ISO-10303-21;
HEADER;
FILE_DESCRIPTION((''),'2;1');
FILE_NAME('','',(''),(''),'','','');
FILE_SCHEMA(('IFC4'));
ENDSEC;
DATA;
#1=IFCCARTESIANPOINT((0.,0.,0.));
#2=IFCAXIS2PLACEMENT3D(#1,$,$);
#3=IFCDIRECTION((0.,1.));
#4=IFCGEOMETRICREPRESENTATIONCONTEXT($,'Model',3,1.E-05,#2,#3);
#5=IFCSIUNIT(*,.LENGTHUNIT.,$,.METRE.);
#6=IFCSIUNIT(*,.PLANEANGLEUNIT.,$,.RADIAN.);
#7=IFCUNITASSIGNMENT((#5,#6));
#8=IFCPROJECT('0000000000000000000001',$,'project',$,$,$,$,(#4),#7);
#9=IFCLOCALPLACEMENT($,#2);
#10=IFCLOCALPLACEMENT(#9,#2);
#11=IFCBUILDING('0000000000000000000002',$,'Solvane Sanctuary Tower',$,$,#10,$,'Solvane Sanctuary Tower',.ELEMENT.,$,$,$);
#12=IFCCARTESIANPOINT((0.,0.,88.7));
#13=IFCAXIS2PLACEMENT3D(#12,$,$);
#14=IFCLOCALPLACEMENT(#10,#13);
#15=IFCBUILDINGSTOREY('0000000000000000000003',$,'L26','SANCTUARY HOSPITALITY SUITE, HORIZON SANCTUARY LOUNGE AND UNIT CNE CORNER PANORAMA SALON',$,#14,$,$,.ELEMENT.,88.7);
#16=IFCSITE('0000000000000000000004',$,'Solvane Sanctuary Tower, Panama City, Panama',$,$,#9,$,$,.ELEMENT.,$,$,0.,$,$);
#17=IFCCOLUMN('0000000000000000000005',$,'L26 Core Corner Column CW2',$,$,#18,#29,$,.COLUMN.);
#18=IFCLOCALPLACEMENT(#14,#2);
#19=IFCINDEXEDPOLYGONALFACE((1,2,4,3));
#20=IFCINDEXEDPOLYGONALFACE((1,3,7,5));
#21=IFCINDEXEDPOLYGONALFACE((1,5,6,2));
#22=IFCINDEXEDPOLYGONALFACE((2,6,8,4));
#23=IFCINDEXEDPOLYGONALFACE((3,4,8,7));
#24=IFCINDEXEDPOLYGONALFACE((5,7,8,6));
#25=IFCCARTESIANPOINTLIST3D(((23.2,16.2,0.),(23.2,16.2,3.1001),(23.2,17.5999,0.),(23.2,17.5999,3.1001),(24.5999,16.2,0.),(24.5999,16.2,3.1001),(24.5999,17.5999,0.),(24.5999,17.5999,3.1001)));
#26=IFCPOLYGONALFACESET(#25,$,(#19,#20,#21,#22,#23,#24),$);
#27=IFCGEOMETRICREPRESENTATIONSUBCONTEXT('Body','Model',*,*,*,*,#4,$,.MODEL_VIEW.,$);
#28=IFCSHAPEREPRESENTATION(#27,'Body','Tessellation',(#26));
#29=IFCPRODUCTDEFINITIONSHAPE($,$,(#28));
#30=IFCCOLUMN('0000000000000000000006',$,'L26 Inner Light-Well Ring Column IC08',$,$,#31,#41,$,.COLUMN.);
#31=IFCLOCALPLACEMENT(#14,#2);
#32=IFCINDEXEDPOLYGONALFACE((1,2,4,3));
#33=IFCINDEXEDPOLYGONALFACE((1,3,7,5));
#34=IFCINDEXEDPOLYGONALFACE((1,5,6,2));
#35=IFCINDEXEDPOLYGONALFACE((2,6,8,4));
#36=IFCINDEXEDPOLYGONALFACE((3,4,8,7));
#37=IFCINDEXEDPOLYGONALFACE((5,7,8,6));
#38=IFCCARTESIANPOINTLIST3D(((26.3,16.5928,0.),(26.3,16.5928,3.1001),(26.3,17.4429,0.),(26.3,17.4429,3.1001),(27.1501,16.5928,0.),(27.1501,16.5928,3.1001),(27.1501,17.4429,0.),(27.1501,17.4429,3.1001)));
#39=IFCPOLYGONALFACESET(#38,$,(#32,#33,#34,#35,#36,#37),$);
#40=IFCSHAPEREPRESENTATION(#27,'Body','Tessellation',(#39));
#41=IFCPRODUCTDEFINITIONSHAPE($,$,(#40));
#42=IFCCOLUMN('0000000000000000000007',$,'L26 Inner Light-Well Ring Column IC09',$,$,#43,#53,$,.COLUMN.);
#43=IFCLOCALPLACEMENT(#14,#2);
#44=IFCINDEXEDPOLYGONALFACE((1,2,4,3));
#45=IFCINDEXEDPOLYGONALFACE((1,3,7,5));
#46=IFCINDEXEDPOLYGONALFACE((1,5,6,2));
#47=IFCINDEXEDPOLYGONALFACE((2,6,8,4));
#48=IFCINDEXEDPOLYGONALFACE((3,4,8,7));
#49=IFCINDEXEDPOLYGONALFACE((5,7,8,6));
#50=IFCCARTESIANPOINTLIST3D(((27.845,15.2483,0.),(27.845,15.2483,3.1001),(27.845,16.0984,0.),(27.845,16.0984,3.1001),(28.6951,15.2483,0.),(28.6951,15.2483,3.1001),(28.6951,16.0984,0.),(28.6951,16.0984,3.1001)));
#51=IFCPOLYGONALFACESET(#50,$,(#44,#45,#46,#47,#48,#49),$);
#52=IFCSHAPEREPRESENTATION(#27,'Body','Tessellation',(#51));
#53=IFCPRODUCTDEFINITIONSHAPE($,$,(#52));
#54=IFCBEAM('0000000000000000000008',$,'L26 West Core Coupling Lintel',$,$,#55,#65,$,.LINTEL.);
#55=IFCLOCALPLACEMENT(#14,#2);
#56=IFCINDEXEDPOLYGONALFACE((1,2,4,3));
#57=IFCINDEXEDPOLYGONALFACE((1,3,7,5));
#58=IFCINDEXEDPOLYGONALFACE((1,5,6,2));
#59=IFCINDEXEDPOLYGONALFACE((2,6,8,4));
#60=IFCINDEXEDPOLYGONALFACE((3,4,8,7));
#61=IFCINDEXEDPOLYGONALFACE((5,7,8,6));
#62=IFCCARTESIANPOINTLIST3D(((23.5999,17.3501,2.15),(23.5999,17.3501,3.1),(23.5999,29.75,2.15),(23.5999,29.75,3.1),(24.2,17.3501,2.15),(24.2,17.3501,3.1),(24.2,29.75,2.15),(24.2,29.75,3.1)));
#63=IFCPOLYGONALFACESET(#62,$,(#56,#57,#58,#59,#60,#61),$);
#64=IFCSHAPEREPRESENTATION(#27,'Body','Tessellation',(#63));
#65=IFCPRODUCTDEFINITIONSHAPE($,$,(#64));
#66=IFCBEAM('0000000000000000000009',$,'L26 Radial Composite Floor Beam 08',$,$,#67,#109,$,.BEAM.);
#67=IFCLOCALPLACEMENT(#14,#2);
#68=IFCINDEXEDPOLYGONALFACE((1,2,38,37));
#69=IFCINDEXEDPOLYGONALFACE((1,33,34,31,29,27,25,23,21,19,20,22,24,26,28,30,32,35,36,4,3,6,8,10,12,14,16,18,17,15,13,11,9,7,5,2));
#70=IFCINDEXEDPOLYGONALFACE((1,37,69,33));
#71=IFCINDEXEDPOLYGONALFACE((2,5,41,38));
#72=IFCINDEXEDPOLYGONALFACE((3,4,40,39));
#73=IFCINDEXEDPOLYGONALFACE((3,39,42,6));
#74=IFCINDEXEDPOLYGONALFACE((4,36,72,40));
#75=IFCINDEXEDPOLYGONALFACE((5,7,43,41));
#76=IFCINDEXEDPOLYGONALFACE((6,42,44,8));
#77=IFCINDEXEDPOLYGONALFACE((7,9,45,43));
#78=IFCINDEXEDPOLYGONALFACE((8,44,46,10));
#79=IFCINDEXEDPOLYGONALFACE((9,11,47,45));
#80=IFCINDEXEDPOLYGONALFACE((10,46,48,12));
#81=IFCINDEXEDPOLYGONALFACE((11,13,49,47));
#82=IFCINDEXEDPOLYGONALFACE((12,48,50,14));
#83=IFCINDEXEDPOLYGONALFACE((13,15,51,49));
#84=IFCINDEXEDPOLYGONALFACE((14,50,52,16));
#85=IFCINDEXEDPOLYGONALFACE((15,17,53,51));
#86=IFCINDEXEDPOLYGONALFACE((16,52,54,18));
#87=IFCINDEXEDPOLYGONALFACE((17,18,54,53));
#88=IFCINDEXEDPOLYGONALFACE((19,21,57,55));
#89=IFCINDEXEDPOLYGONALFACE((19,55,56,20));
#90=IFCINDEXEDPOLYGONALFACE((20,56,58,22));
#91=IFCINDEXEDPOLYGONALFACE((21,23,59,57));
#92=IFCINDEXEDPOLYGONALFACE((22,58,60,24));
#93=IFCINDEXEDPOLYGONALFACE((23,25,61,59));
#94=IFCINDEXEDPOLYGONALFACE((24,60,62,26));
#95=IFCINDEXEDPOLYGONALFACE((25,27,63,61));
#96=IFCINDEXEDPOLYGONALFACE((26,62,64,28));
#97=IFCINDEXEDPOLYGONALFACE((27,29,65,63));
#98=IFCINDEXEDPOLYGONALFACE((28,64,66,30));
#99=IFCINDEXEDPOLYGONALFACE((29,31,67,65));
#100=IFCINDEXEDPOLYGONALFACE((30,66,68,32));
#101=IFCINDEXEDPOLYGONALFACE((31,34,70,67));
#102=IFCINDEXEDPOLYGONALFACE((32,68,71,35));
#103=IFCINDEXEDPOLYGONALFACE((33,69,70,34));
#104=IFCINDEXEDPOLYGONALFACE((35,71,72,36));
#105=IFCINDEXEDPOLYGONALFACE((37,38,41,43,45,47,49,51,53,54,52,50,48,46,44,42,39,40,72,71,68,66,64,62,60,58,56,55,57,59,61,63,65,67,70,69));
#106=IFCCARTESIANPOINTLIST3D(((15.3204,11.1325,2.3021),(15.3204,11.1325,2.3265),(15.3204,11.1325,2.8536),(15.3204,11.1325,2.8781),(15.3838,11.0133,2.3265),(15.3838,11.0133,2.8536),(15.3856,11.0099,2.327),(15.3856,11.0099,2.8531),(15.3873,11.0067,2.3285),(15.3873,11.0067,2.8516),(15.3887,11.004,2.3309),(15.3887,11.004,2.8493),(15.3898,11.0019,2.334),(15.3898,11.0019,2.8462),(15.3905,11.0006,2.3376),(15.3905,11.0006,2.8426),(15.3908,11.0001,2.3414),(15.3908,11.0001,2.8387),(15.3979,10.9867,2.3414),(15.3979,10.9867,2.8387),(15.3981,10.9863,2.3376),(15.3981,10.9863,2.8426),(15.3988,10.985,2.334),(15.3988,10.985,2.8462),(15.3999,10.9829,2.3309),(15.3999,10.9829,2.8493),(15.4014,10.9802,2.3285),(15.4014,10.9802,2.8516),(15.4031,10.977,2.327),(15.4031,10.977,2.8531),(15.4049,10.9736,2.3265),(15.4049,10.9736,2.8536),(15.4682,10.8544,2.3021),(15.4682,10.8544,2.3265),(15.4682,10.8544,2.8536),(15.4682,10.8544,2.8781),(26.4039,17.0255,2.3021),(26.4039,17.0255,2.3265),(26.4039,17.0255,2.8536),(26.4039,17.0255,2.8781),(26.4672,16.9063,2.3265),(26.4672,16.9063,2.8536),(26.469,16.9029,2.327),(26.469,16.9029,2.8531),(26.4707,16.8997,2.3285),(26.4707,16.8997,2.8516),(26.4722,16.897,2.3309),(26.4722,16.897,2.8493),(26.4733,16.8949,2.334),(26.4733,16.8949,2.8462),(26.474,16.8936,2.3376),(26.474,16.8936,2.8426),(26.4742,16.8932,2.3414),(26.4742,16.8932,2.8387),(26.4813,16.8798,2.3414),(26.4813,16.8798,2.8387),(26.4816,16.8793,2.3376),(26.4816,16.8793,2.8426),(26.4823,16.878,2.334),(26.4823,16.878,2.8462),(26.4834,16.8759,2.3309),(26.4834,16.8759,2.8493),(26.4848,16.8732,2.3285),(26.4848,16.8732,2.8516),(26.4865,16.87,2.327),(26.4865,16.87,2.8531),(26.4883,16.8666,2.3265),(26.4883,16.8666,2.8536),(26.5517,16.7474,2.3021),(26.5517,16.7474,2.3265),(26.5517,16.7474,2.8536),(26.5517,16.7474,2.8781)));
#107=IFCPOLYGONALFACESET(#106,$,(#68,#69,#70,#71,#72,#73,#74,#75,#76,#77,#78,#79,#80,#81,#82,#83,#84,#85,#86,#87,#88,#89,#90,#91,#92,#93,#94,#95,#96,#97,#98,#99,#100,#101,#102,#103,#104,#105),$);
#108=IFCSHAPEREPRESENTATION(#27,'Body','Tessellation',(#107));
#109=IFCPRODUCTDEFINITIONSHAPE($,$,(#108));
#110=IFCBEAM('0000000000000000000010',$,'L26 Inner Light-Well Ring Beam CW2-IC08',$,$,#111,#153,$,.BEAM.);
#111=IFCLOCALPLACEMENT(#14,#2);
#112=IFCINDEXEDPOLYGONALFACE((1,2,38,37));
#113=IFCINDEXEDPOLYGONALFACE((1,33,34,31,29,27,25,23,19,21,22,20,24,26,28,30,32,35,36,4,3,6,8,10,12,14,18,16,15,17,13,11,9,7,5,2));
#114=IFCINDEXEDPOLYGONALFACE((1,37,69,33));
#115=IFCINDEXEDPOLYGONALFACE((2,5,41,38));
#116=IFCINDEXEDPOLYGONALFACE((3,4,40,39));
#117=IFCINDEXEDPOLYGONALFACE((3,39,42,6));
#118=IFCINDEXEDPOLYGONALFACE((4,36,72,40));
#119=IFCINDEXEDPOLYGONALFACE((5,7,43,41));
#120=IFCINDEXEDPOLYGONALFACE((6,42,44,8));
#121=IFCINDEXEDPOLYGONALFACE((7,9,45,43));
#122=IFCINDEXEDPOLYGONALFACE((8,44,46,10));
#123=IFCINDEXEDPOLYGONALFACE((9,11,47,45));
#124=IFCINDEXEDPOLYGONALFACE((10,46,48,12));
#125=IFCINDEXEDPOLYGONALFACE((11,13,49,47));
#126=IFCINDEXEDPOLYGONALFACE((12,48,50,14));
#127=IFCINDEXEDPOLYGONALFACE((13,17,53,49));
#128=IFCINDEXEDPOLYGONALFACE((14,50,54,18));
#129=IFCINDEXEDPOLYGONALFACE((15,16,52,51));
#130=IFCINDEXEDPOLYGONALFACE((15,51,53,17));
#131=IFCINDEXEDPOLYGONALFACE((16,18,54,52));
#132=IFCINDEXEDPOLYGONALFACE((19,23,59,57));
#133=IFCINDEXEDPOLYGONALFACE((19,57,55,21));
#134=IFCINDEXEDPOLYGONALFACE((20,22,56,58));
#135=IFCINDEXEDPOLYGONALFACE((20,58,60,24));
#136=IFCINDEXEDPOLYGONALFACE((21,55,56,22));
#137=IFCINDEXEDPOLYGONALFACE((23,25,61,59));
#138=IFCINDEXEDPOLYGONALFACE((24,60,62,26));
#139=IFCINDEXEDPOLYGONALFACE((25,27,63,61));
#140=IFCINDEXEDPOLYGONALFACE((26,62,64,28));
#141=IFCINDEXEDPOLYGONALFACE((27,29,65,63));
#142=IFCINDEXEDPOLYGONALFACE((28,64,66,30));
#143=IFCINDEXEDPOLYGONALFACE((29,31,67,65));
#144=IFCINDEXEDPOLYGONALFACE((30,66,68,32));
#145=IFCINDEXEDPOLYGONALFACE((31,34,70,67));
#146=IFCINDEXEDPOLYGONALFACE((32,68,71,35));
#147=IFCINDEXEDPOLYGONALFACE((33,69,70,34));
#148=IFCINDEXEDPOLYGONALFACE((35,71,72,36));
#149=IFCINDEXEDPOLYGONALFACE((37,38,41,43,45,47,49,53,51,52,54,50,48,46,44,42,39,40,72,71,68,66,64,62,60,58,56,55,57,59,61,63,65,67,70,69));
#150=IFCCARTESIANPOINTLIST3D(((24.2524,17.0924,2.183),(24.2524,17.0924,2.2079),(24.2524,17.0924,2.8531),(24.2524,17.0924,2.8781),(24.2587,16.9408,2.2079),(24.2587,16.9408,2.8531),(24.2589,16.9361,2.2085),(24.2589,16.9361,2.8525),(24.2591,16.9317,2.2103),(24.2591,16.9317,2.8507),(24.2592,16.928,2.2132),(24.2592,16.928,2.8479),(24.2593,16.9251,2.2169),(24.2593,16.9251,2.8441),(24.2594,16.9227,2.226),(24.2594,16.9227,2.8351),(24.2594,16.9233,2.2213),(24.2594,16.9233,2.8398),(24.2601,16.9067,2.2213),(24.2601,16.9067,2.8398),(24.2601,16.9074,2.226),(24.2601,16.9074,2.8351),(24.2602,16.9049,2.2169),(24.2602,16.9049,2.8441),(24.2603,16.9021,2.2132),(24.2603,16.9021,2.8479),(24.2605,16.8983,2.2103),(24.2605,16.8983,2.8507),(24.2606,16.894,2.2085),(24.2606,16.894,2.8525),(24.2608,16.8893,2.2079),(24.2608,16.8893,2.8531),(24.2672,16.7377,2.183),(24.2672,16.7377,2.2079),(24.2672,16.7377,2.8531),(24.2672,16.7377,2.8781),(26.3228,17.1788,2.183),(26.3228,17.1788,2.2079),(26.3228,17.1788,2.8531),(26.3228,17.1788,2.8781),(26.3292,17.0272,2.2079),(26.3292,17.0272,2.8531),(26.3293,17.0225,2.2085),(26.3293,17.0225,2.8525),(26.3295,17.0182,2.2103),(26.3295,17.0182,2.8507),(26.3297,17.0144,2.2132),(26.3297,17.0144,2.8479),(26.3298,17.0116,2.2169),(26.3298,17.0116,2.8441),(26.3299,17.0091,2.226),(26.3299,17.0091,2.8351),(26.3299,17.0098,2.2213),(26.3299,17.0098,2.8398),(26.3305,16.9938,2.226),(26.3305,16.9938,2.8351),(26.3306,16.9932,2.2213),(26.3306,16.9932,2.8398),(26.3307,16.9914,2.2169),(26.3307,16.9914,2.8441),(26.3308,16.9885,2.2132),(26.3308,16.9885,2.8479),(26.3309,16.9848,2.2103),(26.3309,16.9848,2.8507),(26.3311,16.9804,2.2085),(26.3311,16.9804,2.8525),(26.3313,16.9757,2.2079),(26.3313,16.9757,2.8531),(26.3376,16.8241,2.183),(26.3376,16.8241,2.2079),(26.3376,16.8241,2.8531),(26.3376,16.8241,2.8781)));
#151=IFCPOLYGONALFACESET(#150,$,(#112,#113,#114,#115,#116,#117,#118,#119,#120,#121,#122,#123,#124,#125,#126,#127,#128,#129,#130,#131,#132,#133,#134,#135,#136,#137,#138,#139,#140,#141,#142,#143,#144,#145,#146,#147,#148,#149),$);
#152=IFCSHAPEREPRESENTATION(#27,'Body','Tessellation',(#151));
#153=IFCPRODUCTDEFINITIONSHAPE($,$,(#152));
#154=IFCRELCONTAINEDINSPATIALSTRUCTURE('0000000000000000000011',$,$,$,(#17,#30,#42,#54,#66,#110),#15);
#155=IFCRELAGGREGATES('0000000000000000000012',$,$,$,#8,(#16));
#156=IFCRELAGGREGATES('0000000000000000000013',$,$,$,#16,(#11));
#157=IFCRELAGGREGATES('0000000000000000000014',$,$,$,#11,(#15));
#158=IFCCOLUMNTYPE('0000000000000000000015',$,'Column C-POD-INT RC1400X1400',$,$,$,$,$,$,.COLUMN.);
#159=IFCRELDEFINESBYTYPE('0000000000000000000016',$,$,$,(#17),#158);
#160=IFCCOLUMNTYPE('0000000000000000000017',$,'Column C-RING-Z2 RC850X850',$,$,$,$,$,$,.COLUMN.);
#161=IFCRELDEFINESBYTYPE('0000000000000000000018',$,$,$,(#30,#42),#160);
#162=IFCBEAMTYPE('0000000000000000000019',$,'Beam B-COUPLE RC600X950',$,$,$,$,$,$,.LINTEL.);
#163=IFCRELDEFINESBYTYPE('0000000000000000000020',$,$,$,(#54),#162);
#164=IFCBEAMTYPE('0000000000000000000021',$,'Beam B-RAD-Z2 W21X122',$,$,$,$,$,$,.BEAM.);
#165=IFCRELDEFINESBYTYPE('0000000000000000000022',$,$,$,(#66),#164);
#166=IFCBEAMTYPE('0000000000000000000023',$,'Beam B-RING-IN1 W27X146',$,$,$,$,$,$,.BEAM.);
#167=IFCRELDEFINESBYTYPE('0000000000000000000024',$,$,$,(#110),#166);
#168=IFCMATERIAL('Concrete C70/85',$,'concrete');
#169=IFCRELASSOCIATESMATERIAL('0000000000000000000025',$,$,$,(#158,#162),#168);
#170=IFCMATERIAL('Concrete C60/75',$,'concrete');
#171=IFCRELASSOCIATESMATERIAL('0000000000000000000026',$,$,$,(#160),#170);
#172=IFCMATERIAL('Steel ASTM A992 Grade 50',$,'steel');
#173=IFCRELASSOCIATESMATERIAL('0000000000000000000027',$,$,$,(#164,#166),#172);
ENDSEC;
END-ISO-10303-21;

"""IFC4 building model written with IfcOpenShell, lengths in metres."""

from ifc_helpers import new_model, si_unit, direction, frame, origin, origin_2d, place, context, subcontext, project, spatial, rectangle, i_section, extrude, material, material_profile, profile_set, type_object, element, save


model = new_model("IFC4")

# Units and contexts
model_context = context("Model", 3, precision=1e-05, world=origin(), true_north=direction((0.0, 1.0)))
body_context = subcontext(model_context, "Body", "Model", "MODEL_VIEW")
ifc_project = project(units=[si_unit("LENGTHUNIT", "METRE"), si_unit("PLANEANGLEUNIT", "RADIAN")], contexts=[model_context])

# Site, building, storey
site_placement = place(None, origin())
site = spatial("IfcSite", under=ifc_project, at=site_placement, Name="Solvane Sanctuary Tower, Panama City, Panama", CompositionType="ELEMENT", RefElevation=0.0)
building_placement = place(site_placement, origin())
building = spatial("IfcBuilding", under=site, at=building_placement, Name="Solvane Sanctuary Tower", LongName="Solvane Sanctuary Tower", CompositionType="ELEMENT")
storey_placement = place(building_placement, frame((0.0, 0.0, 88.7)))
storey = spatial("IfcBuildingStorey", under=building, at=storey_placement, Name="L26", Description="SANCTUARY HOSPITALITY SUITE, HORIZON SANCTUARY LOUNGE AND UNIT CNE CORNER PANORAMA SALON", CompositionType="ELEMENT", Elevation=88.7)

# Columns
ifc_material_1 = material(Name="Concrete C70/85", Category="concrete")
ifc_material_profile_1 = material_profile(ifc_material_1, rectangle(XDim=1.3999, YDim=1.3999, at=origin_2d()), Name="RC1400X1400")
ifc_profile_set_1 = profile_set([ifc_material_profile_1], Name="Concrete C70/85")
column_type_1 = type_object("IfcColumnType", Name="Column C-POD-INT RC1400X1400", PredefinedType="COLUMN", material=ifc_profile_set_1)
column_placement = place(storey_placement, frame((23.8999, 16.8999, 0.0), z_axis=(0.0, 0.0, 1.0), x_axis=(1.0, 0.0, 0.0)))
element("IfcColumn", 1, at=column_placement, inside=storey, type_object=column_type_1, Name="L26 Core Corner Column CW2", PredefinedType="COLUMN", context=body_context, shape_type="SweptSolid", body=[
    extrude(rectangle(XDim=1.3999, YDim=1.3999, at=origin_2d()), origin(), (0.0, 0.0, 1.0), 3.1001),
])
ifc_material_2 = material(Name="Concrete C60/75", Category="concrete")
ifc_material_profile_2 = material_profile(ifc_material_2, rectangle(XDim=0.8501, YDim=0.8501, at=origin_2d()), Name="RC850X850")
ifc_profile_set_2 = profile_set([ifc_material_profile_2], Name="Concrete C60/75")
column_type_2 = type_object("IfcColumnType", Name="Column C-RING-Z2 RC850X850", PredefinedType="COLUMN", material=ifc_profile_set_2)
for number, where, z_axis, x_axis, name in (
    (2, (26.7251, 17.0178, 0.0), (0.0, 0.0, 1.0), (1.0, 0.0, 0.0), "L26 Inner Light-Well Ring Column IC08"),
    (3, (28.27, 15.6733, 0.0), (0.0, 0.0, 1.0), (1.0, 0.0, 0.0), "L26 Inner Light-Well Ring Column IC09"),
):
    element("IfcColumn", number, at=place(storey_placement, frame(where, z_axis=z_axis, x_axis=x_axis)), inside=storey, type_object=column_type_2, Name=name, PredefinedType="COLUMN", context=body_context, shape_type="SweptSolid", body=[
        extrude(rectangle(XDim=0.8501, YDim=0.8501, at=origin_2d()), origin(), (0.0, 0.0, 1.0), 3.1001),
    ])

# Beams
ifc_material_profile_3 = material_profile(ifc_material_1, rectangle(XDim=0.6001, YDim=0.95, at=origin_2d()), Name="RC600X950")
ifc_profile_set_3 = profile_set([ifc_material_profile_3], Name="Concrete C70/85")
beam_type_1 = type_object("IfcBeamType", Name="Beam B-COUPLE RC600X950", PredefinedType="LINTEL", material=ifc_profile_set_3)
beam_1_placement = place(storey_placement, frame((23.8999, 17.3501, 2.625), z_axis=(0.0, 1.0, 0.0), x_axis=(-1.0, 0.0, 0.0)))
element("IfcBeam", 4, at=beam_1_placement, inside=storey, type_object=beam_type_1, Name="L26 West Core Coupling Lintel", PredefinedType="LINTEL", context=body_context, shape_type="SweptSolid", body=[
    extrude(rectangle(XDim=0.6001, YDim=0.95, at=origin_2d()), origin(), (0.0, 0.0, 1.0), 12.3999),
])
ifc_material_3 = material(Name="Steel ASTM A992 Grade 50", Category="steel")
ifc_material_profile_4 = material_profile(ifc_material_3, i_section(OverallWidth=0.3149, OverallDepth=0.5759, WebThickness=0.0151, FlangeThickness=0.0244, FilletRadius=0.0149, at=origin_2d()), Name="W21X122")
ifc_profile_set_4 = profile_set([ifc_material_profile_4], Name="Steel ASTM A992 Grade 50")
beam_type_2 = type_object("IfcBeamType", Name="Beam B-RAD-Z2 W21X122", PredefinedType="BEAM", material=ifc_profile_set_4)
beam_2_placement = place(storey_placement, frame((26.4778, 16.8865, 2.5901), z_axis=(-0.882952, -0.469463, 0.0), x_axis=(0.469463, -0.882952, 0.0)))
element("IfcBeam", 5, at=beam_2_placement, inside=storey, type_object=beam_type_2, Name="L26 Radial Composite Floor Beam 08", PredefinedType="BEAM", context=body_context, shape_type="SweptSolid", body=[
    extrude(i_section(OverallWidth=0.3149, OverallDepth=0.5759, WebThickness=0.0151, FlangeThickness=0.0244, FilletRadius=0.0149, at=origin_2d()), origin(), (0.0, 0.0, 1.0), 12.5527),
])
ifc_material_profile_5 = material_profile(ifc_material_3, i_section(OverallWidth=0.355, OverallDepth=0.6951, WebThickness=0.0154, FlangeThickness=0.0249, FilletRadius=0.0181, at=origin_2d()), Name="W27X146")
ifc_profile_set_5 = profile_set([ifc_material_profile_5], Name="Steel ASTM A992 Grade 50")
beam_type_3 = type_object("IfcBeamType", Name="Beam B-RING-IN1 W27X146", PredefinedType="BEAM", material=ifc_profile_set_5)
beam_3_placement = place(storey_placement, frame((24.2598, 16.915, 2.5305), z_axis=(0.99913, 0.041704, 0.0), x_axis=(-0.041704, 0.99913, 0.0)))
element("IfcBeam", 6, at=beam_3_placement, inside=storey, type_object=beam_type_3, Name="L26 Inner Light-Well Ring Beam CW2-IC08", PredefinedType="BEAM", context=body_context, shape_type="SweptSolid", body=[
    extrude(i_section(OverallWidth=0.355, OverallDepth=0.6951, WebThickness=0.0154, FlangeThickness=0.0249, FilletRadius=0.0181, at=origin_2d()), origin(), (0.0, 0.0, 1.0), 2.0723),
])

save(model, "model.ifc")
